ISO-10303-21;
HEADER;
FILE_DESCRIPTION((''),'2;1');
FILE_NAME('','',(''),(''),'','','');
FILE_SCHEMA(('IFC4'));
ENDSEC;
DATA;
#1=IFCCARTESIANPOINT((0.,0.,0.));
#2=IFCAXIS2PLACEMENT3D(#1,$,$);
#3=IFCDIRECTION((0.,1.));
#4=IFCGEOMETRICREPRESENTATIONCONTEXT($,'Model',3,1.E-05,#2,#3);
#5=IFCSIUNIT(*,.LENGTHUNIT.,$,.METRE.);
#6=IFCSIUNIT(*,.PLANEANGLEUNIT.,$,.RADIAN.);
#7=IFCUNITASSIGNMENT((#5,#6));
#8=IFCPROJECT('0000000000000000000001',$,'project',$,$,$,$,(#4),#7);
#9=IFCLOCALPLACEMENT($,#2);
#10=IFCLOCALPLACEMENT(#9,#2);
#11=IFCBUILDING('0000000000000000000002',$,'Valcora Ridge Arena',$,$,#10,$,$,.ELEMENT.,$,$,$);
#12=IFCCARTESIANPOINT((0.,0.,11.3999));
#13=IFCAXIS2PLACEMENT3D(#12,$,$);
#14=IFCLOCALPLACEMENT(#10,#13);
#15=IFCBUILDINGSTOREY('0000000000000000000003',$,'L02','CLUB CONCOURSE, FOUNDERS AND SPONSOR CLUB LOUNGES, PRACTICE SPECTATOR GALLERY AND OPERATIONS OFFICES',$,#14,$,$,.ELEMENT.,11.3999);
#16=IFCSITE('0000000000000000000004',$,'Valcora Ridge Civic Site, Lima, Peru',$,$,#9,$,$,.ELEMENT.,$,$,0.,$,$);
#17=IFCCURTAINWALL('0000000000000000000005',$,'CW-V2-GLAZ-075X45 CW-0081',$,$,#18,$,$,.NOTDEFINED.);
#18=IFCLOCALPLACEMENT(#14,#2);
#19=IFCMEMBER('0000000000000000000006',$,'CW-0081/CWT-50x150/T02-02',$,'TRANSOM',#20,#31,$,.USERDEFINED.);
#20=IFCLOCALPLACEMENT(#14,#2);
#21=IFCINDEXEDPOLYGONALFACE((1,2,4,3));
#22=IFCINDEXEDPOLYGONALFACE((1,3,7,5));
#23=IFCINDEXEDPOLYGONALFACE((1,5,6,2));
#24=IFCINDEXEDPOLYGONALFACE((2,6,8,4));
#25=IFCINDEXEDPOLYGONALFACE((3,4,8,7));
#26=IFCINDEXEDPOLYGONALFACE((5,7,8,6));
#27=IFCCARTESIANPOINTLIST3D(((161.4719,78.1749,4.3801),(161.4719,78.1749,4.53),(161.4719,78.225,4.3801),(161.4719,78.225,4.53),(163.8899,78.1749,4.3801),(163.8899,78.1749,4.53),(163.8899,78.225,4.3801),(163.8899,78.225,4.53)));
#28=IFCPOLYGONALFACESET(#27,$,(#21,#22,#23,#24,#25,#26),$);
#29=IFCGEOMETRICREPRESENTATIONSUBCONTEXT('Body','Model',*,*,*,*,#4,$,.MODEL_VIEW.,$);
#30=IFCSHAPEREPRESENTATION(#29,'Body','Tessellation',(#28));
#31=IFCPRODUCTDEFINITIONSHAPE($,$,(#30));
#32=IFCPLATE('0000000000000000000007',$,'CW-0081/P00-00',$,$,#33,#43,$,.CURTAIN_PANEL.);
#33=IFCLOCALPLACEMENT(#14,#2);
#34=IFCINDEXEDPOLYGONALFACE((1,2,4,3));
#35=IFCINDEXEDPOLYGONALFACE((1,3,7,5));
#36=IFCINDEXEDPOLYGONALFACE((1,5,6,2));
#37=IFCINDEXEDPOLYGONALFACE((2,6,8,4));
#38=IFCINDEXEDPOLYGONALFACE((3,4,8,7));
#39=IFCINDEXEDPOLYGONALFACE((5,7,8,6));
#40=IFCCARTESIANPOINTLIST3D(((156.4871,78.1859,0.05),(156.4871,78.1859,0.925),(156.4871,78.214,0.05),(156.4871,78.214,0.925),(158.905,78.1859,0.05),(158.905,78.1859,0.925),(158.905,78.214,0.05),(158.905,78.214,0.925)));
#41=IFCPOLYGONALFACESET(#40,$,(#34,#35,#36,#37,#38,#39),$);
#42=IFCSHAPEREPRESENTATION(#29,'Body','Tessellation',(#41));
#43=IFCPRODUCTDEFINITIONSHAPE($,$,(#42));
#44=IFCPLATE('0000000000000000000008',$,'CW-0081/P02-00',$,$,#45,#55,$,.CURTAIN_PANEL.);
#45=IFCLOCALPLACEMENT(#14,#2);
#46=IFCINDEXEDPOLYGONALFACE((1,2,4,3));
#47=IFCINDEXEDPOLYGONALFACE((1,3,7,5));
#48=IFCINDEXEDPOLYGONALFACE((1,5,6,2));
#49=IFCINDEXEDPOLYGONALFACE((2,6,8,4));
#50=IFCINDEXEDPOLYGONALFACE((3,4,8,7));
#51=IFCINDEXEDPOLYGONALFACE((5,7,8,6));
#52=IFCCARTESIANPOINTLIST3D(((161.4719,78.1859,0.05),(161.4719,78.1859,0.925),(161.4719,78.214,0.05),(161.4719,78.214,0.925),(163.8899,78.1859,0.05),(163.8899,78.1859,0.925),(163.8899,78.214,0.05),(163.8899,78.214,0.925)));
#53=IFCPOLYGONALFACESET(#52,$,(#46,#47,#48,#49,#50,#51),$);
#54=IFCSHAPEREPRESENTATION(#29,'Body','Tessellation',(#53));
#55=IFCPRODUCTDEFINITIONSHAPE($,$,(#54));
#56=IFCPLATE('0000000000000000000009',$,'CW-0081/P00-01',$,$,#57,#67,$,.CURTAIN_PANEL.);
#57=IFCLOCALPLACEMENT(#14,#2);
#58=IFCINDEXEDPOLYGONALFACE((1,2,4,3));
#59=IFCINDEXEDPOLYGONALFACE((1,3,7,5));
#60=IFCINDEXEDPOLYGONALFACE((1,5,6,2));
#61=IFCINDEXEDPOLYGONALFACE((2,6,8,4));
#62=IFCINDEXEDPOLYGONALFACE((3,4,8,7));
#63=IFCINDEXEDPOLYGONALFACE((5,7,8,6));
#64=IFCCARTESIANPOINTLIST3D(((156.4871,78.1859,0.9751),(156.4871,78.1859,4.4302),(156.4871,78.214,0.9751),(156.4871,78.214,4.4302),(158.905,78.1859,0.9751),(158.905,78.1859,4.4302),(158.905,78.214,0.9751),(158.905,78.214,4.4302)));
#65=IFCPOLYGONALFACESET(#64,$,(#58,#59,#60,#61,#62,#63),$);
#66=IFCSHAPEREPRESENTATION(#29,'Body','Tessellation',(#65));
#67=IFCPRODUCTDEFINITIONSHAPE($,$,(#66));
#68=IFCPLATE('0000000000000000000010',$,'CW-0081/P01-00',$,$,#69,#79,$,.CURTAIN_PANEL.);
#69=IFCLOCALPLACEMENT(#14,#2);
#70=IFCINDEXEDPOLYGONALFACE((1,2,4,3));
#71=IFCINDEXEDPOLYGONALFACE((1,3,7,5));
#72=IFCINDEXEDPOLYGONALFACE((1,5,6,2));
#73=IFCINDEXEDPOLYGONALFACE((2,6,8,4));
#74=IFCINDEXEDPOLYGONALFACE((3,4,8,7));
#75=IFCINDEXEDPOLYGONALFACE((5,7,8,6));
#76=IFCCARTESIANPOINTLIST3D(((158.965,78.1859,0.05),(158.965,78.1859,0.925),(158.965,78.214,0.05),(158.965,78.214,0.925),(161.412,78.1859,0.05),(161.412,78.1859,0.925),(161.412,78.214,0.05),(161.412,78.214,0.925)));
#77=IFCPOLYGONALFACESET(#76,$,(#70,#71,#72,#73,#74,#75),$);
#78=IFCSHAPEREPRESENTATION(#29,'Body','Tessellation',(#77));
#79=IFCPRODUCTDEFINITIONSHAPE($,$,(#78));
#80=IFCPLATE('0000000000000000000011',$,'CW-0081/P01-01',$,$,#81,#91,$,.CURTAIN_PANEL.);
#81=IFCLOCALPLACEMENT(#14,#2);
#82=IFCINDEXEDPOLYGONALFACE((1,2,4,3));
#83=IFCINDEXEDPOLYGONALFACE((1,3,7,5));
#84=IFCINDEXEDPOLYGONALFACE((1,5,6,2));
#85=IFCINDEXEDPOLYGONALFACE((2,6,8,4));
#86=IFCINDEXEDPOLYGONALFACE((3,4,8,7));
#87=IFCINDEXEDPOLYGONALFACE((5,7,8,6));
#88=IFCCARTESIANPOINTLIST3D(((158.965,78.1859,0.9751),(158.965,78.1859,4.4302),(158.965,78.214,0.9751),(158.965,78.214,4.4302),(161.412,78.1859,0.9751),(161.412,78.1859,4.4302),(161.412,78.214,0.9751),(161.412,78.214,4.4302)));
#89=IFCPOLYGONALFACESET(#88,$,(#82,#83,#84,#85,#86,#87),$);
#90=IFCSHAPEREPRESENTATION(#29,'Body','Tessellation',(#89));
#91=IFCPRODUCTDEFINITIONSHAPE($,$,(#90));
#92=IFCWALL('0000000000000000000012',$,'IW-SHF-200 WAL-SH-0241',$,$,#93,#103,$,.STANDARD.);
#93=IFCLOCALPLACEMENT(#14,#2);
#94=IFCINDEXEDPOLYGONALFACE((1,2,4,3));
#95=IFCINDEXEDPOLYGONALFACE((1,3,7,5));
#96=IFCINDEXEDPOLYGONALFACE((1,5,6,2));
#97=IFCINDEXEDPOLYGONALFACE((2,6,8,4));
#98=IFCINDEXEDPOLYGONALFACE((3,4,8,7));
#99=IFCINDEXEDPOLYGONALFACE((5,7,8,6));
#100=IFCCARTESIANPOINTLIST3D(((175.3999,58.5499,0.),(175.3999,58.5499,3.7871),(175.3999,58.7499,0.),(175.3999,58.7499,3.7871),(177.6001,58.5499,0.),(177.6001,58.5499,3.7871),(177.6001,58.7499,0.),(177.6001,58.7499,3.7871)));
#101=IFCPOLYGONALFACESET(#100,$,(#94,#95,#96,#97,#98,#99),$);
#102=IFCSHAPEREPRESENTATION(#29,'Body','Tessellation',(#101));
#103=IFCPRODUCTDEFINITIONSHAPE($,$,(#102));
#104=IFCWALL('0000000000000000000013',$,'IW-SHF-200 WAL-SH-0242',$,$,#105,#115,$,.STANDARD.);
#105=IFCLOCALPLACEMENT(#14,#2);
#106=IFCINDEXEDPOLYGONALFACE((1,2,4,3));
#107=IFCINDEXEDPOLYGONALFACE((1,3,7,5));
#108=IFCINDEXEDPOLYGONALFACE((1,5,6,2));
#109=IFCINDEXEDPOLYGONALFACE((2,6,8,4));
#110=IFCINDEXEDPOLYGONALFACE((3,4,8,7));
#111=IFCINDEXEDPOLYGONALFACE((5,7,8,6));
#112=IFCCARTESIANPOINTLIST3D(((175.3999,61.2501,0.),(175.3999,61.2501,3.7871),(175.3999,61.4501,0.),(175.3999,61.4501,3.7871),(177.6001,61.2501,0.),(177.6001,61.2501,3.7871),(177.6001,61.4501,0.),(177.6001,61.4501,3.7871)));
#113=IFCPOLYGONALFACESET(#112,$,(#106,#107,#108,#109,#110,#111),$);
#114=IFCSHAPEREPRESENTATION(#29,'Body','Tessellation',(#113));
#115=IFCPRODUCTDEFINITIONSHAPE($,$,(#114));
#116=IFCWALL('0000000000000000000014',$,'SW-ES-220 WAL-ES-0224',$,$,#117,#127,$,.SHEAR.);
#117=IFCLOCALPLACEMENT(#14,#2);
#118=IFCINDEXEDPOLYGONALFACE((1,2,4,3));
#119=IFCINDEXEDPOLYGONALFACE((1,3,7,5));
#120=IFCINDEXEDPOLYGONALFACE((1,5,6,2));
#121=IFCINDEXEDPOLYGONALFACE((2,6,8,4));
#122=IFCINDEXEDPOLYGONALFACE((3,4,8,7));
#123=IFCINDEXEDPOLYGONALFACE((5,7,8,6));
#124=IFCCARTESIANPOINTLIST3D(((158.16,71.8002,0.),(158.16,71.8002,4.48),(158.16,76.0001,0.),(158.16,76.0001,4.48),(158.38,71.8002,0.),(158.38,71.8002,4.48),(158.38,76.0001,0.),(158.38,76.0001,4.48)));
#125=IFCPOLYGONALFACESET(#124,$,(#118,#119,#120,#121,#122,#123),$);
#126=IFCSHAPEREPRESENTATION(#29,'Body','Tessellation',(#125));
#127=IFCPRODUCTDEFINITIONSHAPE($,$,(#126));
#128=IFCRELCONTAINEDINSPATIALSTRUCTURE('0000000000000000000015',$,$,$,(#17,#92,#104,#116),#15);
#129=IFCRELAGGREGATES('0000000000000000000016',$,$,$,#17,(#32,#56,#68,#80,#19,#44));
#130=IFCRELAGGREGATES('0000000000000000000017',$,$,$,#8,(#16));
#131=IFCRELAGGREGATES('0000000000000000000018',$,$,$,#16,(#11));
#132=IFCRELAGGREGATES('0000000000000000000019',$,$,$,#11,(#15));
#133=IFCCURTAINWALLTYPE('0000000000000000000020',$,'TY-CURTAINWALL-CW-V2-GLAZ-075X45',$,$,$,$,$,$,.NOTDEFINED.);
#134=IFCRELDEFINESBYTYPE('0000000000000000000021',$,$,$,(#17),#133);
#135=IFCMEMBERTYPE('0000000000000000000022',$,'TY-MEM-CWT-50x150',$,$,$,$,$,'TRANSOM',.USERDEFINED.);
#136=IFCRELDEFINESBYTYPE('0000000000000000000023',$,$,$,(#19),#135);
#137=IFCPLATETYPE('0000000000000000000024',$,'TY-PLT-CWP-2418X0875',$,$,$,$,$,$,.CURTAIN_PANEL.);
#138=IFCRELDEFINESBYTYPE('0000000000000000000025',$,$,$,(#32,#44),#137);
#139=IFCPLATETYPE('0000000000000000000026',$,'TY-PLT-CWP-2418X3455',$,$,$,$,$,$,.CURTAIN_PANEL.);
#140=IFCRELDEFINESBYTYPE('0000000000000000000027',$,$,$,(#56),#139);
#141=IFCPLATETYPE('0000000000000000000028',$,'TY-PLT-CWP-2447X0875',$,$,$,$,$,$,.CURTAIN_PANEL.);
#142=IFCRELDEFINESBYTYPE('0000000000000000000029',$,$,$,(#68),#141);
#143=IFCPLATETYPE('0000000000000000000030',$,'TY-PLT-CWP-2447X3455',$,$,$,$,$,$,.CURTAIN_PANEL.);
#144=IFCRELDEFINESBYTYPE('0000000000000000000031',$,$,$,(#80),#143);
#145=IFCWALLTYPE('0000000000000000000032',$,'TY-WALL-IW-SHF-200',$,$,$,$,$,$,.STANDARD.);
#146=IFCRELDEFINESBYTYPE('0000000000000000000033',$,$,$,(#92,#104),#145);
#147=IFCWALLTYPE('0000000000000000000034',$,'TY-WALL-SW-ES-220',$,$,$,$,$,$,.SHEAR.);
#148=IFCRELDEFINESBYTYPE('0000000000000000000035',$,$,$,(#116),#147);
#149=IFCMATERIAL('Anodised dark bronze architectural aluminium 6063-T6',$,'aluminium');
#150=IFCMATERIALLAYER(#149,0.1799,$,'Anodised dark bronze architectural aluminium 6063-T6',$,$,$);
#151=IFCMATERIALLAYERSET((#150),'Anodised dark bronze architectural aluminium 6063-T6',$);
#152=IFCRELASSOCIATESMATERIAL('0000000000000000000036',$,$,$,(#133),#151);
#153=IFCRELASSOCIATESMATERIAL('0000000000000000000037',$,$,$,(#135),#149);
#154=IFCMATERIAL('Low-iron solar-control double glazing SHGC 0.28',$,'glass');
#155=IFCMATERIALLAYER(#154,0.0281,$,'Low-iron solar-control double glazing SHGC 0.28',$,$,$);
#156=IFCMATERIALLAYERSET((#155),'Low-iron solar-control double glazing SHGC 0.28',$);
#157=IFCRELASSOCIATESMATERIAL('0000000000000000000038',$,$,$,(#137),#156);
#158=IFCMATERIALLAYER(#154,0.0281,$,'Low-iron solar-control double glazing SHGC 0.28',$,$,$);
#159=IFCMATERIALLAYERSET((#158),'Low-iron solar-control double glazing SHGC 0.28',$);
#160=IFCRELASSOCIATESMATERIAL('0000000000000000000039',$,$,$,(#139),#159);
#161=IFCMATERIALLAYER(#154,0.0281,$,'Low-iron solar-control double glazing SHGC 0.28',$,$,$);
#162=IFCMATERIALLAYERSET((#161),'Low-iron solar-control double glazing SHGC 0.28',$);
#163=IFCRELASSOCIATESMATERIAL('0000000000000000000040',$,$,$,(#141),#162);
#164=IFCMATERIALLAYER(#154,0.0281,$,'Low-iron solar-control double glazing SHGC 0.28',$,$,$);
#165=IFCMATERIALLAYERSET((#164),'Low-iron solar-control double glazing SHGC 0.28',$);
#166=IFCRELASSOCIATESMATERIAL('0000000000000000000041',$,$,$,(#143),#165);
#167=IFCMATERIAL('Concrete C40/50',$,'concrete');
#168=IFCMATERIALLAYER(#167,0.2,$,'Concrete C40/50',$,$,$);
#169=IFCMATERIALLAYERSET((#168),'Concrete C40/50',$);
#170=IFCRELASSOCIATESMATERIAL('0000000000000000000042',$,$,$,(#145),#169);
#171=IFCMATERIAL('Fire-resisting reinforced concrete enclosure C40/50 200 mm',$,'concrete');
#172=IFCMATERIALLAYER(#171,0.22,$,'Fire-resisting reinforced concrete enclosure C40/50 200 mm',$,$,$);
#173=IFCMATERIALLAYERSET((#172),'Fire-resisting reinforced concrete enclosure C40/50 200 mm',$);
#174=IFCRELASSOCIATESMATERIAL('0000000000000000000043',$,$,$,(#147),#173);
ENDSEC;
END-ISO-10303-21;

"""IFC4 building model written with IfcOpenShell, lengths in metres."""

from ifc_helpers import new_model, si_unit, direction, frame, frame_2d, origin, origin_2d, place, context, subcontext, project, spatial, rectangle, extrude, material, layer, layer_set, material_profile, profile_set, type_object, element, aggregate, save


model = new_model("IFC4")

# Units and contexts
model_context = context("Model", 3, precision=1e-05, world=origin(), true_north=direction((0.0, 1.0)))
body_context = subcontext(model_context, "Body", "Model", "MODEL_VIEW")
ifc_project = project(units=[si_unit("LENGTHUNIT", "METRE"), si_unit("PLANEANGLEUNIT", "RADIAN")], contexts=[model_context])

# Site, building, storey
site_placement = place(None, origin())
site = spatial("IfcSite", under=ifc_project, at=site_placement, Name="Valcora Ridge Civic Site, Lima, Peru", CompositionType="ELEMENT", RefElevation=0.0)
building_placement = place(site_placement, origin())
building = spatial("IfcBuilding", under=site, at=building_placement, Name="Valcora Ridge Arena", CompositionType="ELEMENT")
storey_placement = place(building_placement, frame((0.0, 0.0, 11.3999)))
storey = spatial("IfcBuildingStorey", under=building, at=storey_placement, Name="L02", Description="CLUB CONCOURSE, FOUNDERS AND SPONSOR CLUB LOUNGES, PRACTICE SPECTATOR GALLERY AND OPERATIONS OFFICES", CompositionType="ELEMENT", Elevation=11.3999)

# Curtain wall, member, plates
ifc_material_1 = material(Name="Anodised dark bronze architectural aluminium 6063-T6", Category="aluminium")
ifc_layer_1 = layer(ifc_material_1, 0.1799, Name="Anodised dark bronze architectural aluminium 6063-T6")
ifc_layer_set_1 = layer_set([ifc_layer_1], Name="Anodised dark bronze architectural aluminium 6063-T6")
curtain_wall_type = type_object("IfcCurtainWallType", Name="TY-CURTAINWALL-CW-V2-GLAZ-075X45", PredefinedType="NOTDEFINED", material=ifc_layer_set_1)
curtain_wall_placement = place(storey_placement, origin())
curtain_wall = element("IfcCurtainWall", 1, at=curtain_wall_placement, inside=storey, type_object=curtain_wall_type, Name="CW-V2-GLAZ-075X45 CW-0081", PredefinedType="NOTDEFINED")
ifc_material_profile_1 = material_profile(ifc_material_1, rectangle(XDim=0.05, YDim=0.1499, at=origin_2d()), Name="ALU TRANSOM 50x150")
ifc_profile_set_1 = profile_set([ifc_material_profile_1], Name="Anodised dark bronze architectural aluminium 6063-T6")
member_type_1 = type_object("IfcMemberType", Name="TY-MEM-CWT-50x150", ElementType="TRANSOM", PredefinedType="USERDEFINED", material=ifc_profile_set_1)
member_1_placement = place(storey_placement, frame((161.4719, 78.2, 4.4551), z_axis=(1.0, 0.0, 0.0), x_axis=(0.0, 1.0, 0.0)))
member_1 = element("IfcMember", 2, at=member_1_placement, type_object=member_type_1, Name="CW-0081/CWT-50x150/T02-02", ObjectType="TRANSOM", PredefinedType="USERDEFINED", context=body_context, shape_type="SweptSolid", body=[
    extrude(rectangle(XDim=0.05, YDim=0.1499, at=origin_2d()), origin(), (0.0, 0.0, 1.0), 2.418),
])
ifc_material_2 = material(Name="Low-iron solar-control double glazing SHGC 0.28", Category="glass")
ifc_layer_2 = layer(ifc_material_2, 0.0281, Name="Low-iron solar-control double glazing SHGC 0.28")
ifc_layer_set_2 = layer_set([ifc_layer_2], Name="Low-iron solar-control double glazing SHGC 0.28")
plate_type_1 = type_object("IfcPlateType", Name="TY-PLT-CWP-2418X0875", PredefinedType="CURTAIN_PANEL", material=ifc_layer_set_2)
plate_1_placement = place(storey_placement, frame((157.696, 78.2, 0.05), z_axis=(0.0, 0.0, 1.0), x_axis=(1.0, 0.0, 0.0)))
plate_1 = element("IfcPlate", 3, at=plate_1_placement, type_object=plate_type_1, Name="CW-0081/P00-00", PredefinedType="CURTAIN_PANEL", context=body_context, shape_type="SweptSolid", body=[
    extrude(rectangle(XDim=2.418, YDim=0.0281, at=origin_2d()), origin(), (0.0, 0.0, 1.0), 0.875),
])
plate_2_placement = place(storey_placement, frame((162.6809, 78.2, 0.05), z_axis=(0.0, 0.0, 1.0), x_axis=(1.0, 0.0, 0.0)))
plate_2 = element("IfcPlate", 4, at=plate_2_placement, type_object=plate_type_1, Name="CW-0081/P02-00", PredefinedType="CURTAIN_PANEL", context=body_context, shape_type="SweptSolid", body=[
    extrude(rectangle(XDim=2.418, YDim=0.0281, at=origin_2d()), origin(), (0.0, 0.0, 1.0), 0.875),
])
ifc_layer_3 = layer(ifc_material_2, 0.0281, Name="Low-iron solar-control double glazing SHGC 0.28")
ifc_layer_set_3 = layer_set([ifc_layer_3], Name="Low-iron solar-control double glazing SHGC 0.28")
plate_type_2 = type_object("IfcPlateType", Name="TY-PLT-CWP-2418X3455", PredefinedType="CURTAIN_PANEL", material=ifc_layer_set_3)
plate_3_placement = place(storey_placement, frame((157.696, 78.2, 0.9751), z_axis=(0.0, 0.0, 1.0), x_axis=(1.0, 0.0, 0.0)))
plate_3 = element("IfcPlate", 5, at=plate_3_placement, type_object=plate_type_2, Name="CW-0081/P00-01", PredefinedType="CURTAIN_PANEL", context=body_context, shape_type="SweptSolid", body=[
    extrude(rectangle(XDim=2.418, YDim=0.0281, at=origin_2d()), origin(), (0.0, 0.0, 1.0), 3.4551),
])
ifc_layer_4 = layer(ifc_material_2, 0.0281, Name="Low-iron solar-control double glazing SHGC 0.28")
ifc_layer_set_4 = layer_set([ifc_layer_4], Name="Low-iron solar-control double glazing SHGC 0.28")
plate_type_3 = type_object("IfcPlateType", Name="TY-PLT-CWP-2447X0875", PredefinedType="CURTAIN_PANEL", material=ifc_layer_set_4)
plate_4_placement = place(storey_placement, frame((160.1885, 78.2, 0.05), z_axis=(0.0, 0.0, 1.0), x_axis=(1.0, 0.0, 0.0)))
plate_4 = element("IfcPlate", 6, at=plate_4_placement, type_object=plate_type_3, Name="CW-0081/P01-00", PredefinedType="CURTAIN_PANEL", context=body_context, shape_type="SweptSolid", body=[
    extrude(rectangle(XDim=2.447, YDim=0.0281, at=origin_2d()), origin(), (0.0, 0.0, 1.0), 0.875),
])
ifc_layer_5 = layer(ifc_material_2, 0.0281, Name="Low-iron solar-control double glazing SHGC 0.28")
ifc_layer_set_5 = layer_set([ifc_layer_5], Name="Low-iron solar-control double glazing SHGC 0.28")
plate_type_4 = type_object("IfcPlateType", Name="TY-PLT-CWP-2447X3455", PredefinedType="CURTAIN_PANEL", material=ifc_layer_set_5)
plate_5_placement = place(storey_placement, frame((160.1885, 78.2, 0.9751), z_axis=(0.0, 0.0, 1.0), x_axis=(1.0, 0.0, 0.0)))
plate_5 = element("IfcPlate", 7, at=plate_5_placement, type_object=plate_type_4, Name="CW-0081/P01-01", PredefinedType="CURTAIN_PANEL", context=body_context, shape_type="SweptSolid", body=[
    extrude(rectangle(XDim=2.447, YDim=0.0281, at=origin_2d()), origin(), (0.0, 0.0, 1.0), 3.4551),
])
aggregate(curtain_wall, [plate_1, plate_3, plate_4, plate_5, member_1, plate_2])

# Walls
ifc_material_3 = material(Name="Concrete C40/50", Category="concrete")
ifc_layer_6 = layer(ifc_material_3, 0.2, Name="Concrete C40/50")
ifc_layer_set_6 = layer_set([ifc_layer_6], Name="Concrete C40/50")
wall_type_1 = type_object("IfcWallType", Name="TY-WALL-IW-SHF-200", PredefinedType="STANDARD", material=ifc_layer_set_6)
for number, where, z_axis, x_axis, name in (
    (8, (175.3999, 58.6499, 0.0), (0.0, 0.0, 1.0), (1.0, 0.0, 0.0), "IW-SHF-200 WAL-SH-0241"),
    (9, (175.3999, 61.3501, 0.0), (0.0, 0.0, 1.0), (1.0, 0.0, 0.0), "IW-SHF-200 WAL-SH-0242"),
):
    element("IfcWall", number, at=place(storey_placement, frame(where, z_axis=z_axis, x_axis=x_axis)), inside=storey, type_object=wall_type_1, Name=name, PredefinedType="STANDARD", context=body_context, shape_type="SweptSolid", body=[
        extrude(rectangle(XDim=2.2002, YDim=0.2, at=frame_2d((1.1001, 0.0))), origin(), (0.0, 0.0, 1.0), 3.7871),
    ])

# Wall
ifc_material_4 = material(Name="Fire-resisting reinforced concrete enclosure C40/50 200 mm", Category="concrete")
ifc_layer_7 = layer(ifc_material_4, 0.22, Name="Fire-resisting reinforced concrete enclosure C40/50 200 mm")
ifc_layer_set_7 = layer_set([ifc_layer_7], Name="Fire-resisting reinforced concrete enclosure C40/50 200 mm")
wall_type_2 = type_object("IfcWallType", Name="TY-WALL-SW-ES-220", PredefinedType="SHEAR", material=ifc_layer_set_7)
wall_1_placement = place(storey_placement, frame((158.27, 71.8, 0.0), z_axis=(0.0, 0.0, 1.0), x_axis=(0.0, 1.0, 0.0)))
element("IfcWall", 10, at=wall_1_placement, inside=storey, type_object=wall_type_2, Name="SW-ES-220 WAL-ES-0224", PredefinedType="SHEAR", context=body_context, shape_type="SweptSolid", body=[
    extrude(rectangle(XDim=4.2, YDim=0.22, at=frame_2d((2.1001, 0.0))), origin(), (0.0, 0.0, 1.0), 4.48),
])

save(model, "model.ifc")
